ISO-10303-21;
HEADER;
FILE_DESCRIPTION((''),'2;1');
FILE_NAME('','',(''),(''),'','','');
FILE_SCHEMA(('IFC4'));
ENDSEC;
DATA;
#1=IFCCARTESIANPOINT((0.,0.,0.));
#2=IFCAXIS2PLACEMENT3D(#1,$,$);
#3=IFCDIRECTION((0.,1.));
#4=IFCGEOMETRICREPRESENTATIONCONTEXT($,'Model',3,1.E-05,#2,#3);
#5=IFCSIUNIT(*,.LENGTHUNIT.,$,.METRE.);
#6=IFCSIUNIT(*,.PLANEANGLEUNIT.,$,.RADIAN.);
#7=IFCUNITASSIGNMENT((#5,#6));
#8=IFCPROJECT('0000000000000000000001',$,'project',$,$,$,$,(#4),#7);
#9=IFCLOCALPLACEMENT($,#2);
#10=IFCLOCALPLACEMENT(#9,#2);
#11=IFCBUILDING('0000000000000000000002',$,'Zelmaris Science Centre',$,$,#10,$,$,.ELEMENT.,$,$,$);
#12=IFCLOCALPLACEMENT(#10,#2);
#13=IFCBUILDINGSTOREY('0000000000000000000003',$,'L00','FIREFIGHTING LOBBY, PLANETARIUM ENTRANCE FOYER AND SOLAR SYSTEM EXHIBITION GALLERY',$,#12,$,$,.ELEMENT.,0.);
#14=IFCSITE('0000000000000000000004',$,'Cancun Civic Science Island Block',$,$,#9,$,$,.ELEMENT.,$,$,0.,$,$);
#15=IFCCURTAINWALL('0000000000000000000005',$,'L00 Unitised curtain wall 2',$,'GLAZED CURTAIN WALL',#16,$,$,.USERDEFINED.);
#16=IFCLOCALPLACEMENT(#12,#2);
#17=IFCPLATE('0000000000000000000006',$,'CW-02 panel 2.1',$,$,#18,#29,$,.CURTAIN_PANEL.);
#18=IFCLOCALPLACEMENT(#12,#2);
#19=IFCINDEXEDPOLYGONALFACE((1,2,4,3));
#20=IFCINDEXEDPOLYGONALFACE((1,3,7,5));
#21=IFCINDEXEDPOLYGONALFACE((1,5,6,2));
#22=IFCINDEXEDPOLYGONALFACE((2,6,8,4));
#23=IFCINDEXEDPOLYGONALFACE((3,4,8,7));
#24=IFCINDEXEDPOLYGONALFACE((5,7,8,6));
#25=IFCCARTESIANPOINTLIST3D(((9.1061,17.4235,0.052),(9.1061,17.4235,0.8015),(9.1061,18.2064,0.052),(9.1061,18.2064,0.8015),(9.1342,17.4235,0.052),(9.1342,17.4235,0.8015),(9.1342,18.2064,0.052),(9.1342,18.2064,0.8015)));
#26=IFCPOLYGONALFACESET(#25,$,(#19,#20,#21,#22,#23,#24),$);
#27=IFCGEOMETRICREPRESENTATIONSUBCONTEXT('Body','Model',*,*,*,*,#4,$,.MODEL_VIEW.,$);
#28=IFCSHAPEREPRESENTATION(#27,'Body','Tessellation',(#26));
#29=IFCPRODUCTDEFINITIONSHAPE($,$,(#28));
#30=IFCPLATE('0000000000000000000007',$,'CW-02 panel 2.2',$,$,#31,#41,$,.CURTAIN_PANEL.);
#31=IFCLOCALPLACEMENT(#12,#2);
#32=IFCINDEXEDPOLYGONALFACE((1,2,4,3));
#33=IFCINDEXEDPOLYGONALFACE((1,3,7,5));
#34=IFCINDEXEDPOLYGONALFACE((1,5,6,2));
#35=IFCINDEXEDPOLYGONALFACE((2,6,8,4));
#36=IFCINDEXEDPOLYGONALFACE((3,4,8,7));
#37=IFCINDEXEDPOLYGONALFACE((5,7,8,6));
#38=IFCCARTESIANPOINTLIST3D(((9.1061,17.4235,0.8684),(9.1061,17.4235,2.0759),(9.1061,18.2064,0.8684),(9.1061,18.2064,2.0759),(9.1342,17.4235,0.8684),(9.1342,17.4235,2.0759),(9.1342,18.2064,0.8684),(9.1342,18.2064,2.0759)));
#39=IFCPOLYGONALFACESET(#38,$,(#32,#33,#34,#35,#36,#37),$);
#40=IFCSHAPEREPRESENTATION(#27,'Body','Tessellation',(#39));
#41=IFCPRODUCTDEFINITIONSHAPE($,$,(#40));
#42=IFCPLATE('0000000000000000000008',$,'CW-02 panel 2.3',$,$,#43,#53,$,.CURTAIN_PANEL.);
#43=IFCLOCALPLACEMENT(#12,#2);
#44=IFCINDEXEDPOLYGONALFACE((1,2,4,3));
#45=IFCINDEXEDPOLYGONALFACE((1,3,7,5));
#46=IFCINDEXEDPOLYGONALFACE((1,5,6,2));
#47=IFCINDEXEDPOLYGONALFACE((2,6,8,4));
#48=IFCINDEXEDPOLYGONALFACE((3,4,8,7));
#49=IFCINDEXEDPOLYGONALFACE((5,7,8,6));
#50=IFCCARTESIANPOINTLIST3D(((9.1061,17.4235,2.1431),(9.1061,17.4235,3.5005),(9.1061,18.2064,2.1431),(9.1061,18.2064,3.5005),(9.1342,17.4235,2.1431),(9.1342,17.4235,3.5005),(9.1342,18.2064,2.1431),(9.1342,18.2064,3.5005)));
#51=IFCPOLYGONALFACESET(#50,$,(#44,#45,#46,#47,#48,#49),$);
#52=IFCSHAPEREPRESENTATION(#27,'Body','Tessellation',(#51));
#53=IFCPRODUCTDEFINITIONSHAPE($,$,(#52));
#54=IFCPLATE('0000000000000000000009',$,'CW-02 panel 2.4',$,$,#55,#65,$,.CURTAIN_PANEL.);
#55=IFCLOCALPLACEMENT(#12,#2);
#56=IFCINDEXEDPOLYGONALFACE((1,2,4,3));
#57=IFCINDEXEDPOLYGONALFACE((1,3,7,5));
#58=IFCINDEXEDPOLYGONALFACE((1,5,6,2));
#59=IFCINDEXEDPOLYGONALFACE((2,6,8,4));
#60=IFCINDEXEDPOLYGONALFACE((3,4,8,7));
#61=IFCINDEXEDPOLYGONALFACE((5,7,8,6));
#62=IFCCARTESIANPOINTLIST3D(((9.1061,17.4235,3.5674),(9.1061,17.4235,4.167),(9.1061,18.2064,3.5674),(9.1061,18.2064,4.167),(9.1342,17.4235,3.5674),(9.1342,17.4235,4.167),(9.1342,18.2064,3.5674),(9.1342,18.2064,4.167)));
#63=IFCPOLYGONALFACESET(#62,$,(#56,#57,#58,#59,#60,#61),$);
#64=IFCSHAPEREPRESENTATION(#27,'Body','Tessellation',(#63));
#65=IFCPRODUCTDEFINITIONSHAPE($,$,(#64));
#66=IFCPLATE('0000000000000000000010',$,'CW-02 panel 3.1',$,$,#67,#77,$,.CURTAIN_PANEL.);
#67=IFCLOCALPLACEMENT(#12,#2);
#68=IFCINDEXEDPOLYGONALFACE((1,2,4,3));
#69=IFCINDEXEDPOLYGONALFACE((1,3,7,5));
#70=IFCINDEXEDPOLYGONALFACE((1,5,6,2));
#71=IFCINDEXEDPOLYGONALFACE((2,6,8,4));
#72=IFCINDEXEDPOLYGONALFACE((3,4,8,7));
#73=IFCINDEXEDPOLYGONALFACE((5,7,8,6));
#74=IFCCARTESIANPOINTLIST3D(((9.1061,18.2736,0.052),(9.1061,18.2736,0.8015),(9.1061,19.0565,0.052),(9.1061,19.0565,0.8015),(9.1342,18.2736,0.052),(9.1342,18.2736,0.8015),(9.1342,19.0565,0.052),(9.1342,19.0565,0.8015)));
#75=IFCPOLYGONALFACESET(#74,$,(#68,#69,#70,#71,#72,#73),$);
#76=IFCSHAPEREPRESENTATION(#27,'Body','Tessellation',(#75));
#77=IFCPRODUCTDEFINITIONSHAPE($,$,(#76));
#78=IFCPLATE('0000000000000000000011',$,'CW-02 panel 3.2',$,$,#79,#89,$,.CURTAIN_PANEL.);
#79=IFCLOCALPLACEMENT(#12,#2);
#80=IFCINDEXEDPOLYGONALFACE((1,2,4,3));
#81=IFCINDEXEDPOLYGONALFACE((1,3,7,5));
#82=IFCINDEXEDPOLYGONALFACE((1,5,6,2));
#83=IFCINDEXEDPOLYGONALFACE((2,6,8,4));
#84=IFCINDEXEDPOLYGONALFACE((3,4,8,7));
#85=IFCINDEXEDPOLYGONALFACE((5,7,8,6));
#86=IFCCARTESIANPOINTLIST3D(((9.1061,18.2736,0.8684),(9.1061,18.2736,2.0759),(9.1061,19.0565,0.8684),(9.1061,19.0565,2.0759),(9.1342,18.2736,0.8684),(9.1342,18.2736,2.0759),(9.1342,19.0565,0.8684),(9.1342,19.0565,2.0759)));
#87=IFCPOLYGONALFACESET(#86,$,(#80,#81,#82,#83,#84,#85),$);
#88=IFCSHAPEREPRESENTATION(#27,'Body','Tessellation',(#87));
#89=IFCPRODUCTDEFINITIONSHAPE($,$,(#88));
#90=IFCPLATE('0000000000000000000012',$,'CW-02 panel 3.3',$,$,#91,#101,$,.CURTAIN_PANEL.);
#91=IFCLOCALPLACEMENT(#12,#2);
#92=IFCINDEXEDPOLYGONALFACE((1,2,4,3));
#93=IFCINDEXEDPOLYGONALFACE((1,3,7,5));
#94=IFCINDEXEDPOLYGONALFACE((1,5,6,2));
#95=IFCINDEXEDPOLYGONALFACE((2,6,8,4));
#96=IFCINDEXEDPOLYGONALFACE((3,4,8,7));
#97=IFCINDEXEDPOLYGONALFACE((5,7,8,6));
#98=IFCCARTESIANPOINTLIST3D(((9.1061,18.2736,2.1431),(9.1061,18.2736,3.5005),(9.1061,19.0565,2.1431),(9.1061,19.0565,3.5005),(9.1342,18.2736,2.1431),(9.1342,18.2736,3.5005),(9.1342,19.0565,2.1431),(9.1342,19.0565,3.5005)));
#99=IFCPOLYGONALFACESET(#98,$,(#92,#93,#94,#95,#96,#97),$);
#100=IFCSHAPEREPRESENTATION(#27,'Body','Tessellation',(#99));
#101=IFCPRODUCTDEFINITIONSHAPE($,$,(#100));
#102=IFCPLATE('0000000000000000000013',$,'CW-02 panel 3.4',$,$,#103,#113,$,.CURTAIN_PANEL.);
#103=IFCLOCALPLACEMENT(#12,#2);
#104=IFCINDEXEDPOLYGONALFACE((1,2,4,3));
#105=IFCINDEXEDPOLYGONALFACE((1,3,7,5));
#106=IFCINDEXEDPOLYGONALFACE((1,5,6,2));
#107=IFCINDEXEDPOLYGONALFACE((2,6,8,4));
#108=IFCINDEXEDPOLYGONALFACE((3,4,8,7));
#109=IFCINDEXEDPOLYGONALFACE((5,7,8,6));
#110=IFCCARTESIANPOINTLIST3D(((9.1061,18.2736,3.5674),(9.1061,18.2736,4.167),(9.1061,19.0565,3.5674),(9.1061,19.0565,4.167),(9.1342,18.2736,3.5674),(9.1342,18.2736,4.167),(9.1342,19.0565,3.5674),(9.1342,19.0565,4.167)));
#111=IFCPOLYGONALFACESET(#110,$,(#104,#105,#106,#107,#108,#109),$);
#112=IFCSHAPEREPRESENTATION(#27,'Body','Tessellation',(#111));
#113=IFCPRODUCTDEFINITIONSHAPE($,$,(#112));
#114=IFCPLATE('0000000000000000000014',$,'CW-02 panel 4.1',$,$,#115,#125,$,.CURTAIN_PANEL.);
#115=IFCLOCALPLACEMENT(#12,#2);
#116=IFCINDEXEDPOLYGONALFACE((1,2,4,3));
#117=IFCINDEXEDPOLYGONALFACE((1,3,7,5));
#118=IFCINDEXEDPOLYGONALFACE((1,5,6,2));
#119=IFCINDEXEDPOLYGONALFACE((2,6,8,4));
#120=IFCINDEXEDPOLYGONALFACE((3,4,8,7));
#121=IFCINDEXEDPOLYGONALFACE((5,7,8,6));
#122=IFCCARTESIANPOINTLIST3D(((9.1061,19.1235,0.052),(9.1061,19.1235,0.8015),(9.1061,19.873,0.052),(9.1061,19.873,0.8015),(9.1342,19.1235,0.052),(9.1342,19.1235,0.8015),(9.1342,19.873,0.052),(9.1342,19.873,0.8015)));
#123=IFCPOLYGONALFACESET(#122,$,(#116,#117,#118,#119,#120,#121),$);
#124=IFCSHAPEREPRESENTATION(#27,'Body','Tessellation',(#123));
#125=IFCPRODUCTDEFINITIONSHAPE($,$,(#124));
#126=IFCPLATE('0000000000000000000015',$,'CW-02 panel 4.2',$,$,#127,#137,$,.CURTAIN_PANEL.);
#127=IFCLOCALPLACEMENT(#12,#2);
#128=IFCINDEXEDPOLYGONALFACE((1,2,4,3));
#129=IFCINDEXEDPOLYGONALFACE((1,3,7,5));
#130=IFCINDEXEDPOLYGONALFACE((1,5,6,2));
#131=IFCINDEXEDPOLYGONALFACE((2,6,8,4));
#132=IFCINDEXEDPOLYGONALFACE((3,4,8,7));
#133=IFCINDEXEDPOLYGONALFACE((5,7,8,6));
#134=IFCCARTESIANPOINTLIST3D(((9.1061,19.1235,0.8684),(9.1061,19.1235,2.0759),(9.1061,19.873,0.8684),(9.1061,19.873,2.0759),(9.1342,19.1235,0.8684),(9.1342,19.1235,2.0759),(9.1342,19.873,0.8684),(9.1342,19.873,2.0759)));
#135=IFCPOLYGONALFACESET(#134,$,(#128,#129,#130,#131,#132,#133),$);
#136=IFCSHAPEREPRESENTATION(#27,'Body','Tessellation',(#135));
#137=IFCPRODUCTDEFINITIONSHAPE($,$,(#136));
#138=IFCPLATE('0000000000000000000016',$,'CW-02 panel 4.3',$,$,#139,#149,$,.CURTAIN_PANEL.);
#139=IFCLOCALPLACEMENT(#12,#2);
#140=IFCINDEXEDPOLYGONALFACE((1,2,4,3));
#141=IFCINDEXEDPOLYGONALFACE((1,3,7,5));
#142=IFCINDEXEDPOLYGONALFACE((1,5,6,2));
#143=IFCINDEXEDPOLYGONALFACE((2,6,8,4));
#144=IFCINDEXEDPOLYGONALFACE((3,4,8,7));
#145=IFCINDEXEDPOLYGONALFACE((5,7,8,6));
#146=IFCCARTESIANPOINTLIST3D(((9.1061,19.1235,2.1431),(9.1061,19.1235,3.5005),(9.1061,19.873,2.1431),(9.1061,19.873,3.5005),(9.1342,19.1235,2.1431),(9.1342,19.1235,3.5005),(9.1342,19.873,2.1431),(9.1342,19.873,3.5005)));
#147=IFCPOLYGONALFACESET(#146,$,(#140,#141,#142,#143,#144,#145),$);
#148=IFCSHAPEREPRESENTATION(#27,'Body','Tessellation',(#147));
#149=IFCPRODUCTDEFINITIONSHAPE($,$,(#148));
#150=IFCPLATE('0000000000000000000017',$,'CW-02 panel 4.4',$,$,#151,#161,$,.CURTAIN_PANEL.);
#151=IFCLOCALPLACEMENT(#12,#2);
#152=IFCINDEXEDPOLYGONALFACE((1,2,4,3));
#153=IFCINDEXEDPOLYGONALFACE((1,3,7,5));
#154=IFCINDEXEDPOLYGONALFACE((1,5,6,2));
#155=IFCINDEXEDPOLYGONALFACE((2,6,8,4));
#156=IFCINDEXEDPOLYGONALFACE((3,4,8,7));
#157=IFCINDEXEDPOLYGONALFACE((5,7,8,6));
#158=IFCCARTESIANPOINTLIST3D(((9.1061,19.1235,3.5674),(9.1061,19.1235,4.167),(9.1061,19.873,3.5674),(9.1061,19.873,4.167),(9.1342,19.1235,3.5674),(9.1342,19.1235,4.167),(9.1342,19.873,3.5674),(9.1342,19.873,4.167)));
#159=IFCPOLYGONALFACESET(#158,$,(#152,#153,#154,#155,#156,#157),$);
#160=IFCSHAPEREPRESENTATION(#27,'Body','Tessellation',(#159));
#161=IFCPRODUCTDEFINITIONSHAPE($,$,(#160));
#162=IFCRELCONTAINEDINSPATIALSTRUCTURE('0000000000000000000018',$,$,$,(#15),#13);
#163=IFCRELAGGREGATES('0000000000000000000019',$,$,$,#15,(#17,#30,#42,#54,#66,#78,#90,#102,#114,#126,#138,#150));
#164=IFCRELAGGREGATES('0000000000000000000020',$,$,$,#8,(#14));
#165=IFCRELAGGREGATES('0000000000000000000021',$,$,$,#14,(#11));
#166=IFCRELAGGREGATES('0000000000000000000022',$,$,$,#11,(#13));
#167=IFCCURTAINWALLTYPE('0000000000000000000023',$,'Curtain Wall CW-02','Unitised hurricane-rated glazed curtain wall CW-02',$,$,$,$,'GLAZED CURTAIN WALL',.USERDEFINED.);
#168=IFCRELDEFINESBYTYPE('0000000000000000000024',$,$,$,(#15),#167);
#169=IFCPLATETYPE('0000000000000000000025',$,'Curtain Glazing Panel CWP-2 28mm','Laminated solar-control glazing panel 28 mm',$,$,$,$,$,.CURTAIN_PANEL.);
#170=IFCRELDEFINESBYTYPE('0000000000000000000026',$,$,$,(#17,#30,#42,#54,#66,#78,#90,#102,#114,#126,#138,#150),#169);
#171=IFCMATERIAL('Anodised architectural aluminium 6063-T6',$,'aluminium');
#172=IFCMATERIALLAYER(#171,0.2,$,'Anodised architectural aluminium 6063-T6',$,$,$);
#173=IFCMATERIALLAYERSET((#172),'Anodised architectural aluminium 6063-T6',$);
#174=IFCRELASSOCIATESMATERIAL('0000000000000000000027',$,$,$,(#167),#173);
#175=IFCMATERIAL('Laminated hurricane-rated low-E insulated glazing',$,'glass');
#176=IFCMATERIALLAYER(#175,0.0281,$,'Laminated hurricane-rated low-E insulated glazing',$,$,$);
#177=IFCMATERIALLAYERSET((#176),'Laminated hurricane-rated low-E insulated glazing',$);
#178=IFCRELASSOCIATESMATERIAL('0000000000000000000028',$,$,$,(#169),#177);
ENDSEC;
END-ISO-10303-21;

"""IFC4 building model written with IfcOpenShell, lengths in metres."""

from ifc_helpers import new_model, si_unit, direction, frame, origin, origin_2d, place, context, subcontext, project, spatial, rectangle, extrude, material, layer, layer_set, type_object, element, aggregate, save


model = new_model("IFC4")

# Units and contexts
model_context = context("Model", 3, precision=1e-05, world=origin(), true_north=direction((0.0, 1.0)))
body_context = subcontext(model_context, "Body", "Model", "MODEL_VIEW")
ifc_project = project(units=[si_unit("LENGTHUNIT", "METRE"), si_unit("PLANEANGLEUNIT", "RADIAN")], contexts=[model_context])

# Site, building, storey
site_placement = place(None, origin())
site = spatial("IfcSite", under=ifc_project, at=site_placement, Name="Cancun Civic Science Island Block", CompositionType="ELEMENT", RefElevation=0.0)
building_placement = place(site_placement, origin())
building = spatial("IfcBuilding", under=site, at=building_placement, Name="Zelmaris Science Centre", CompositionType="ELEMENT")
storey_placement = place(building_placement, origin())
storey = spatial("IfcBuildingStorey", under=building, at=storey_placement, Name="L00", Description="FIREFIGHTING LOBBY, PLANETARIUM ENTRANCE FOYER AND SOLAR SYSTEM EXHIBITION GALLERY", CompositionType="ELEMENT", Elevation=0.0)

# Shared definitions
ifc_material_1 = material(Name="Anodised architectural aluminium 6063-T6", Category="aluminium")

# Curtain wall
ifc_layer_1 = layer(ifc_material_1, 0.2, Name="Anodised architectural aluminium 6063-T6")
ifc_layer_set_1 = layer_set([ifc_layer_1], Name="Anodised architectural aluminium 6063-T6")
curtain_wall_type_1 = type_object("IfcCurtainWallType", Name="Curtain Wall CW-02", Description="Unitised hurricane-rated glazed curtain wall CW-02", ElementType="GLAZED CURTAIN WALL", PredefinedType="USERDEFINED", material=ifc_layer_set_1)
curtain_wall_1_placement = place(storey_placement, origin())
curtain_wall_1 = element("IfcCurtainWall", 1, at=curtain_wall_1_placement, inside=storey, type_object=curtain_wall_type_1, Name="L00 Unitised curtain wall 2", ObjectType="GLAZED CURTAIN WALL", PredefinedType="USERDEFINED")

# Plates
ifc_material_2 = material(Name="Laminated hurricane-rated low-E insulated glazing", Category="glass")
ifc_layer_2 = layer(ifc_material_2, 0.0281, Name="Laminated hurricane-rated low-E insulated glazing")
ifc_layer_set_2 = layer_set([ifc_layer_2], Name="Laminated hurricane-rated low-E insulated glazing")
plate_type = type_object("IfcPlateType", Name="Curtain Glazing Panel CWP-2 28mm", Description="Laminated solar-control glazing panel 28 mm", PredefinedType="CURTAIN_PANEL", material=ifc_layer_set_2)
plate_1_placement = place(storey_placement, frame((9.1201, 17.8149, 0.052), z_axis=(0.0, 0.0, 1.0), x_axis=(0.0, 1.0, 0.0)))
plate_1 = element("IfcPlate", 2, at=plate_1_placement, type_object=plate_type, Name="CW-02 panel 2.1", PredefinedType="CURTAIN_PANEL", context=body_context, shape_type="SweptSolid", body=[
    extrude(rectangle(XDim=0.783, YDim=0.0281, at=origin_2d()), origin(), (0.0, 0.0, 1.0), 0.7495),
])
plate_2_placement = place(storey_placement, frame((9.1201, 17.8149, 0.8684), z_axis=(0.0, 0.0, 1.0), x_axis=(0.0, 1.0, 0.0)))
plate_2 = element("IfcPlate", 3, at=plate_2_placement, type_object=plate_type, Name="CW-02 panel 2.2", PredefinedType="CURTAIN_PANEL", context=body_context, shape_type="SweptSolid", body=[
    extrude(rectangle(XDim=0.783, YDim=0.0281, at=origin_2d()), origin(), (0.0, 0.0, 1.0), 1.2075),
])
plate_3_placement = place(storey_placement, frame((9.1201, 17.8149, 2.1431), z_axis=(0.0, 0.0, 1.0), x_axis=(0.0, 1.0, 0.0)))
plate_3 = element("IfcPlate", 4, at=plate_3_placement, type_object=plate_type, Name="CW-02 panel 2.3", PredefinedType="CURTAIN_PANEL", context=body_context, shape_type="SweptSolid", body=[
    extrude(rectangle(XDim=0.783, YDim=0.0281, at=origin_2d()), origin(), (0.0, 0.0, 1.0), 1.3574),
])
plate_4_placement = place(storey_placement, frame((9.1201, 17.8149, 3.5674), z_axis=(0.0, 0.0, 1.0), x_axis=(0.0, 1.0, 0.0)))
plate_4 = element("IfcPlate", 5, at=plate_4_placement, type_object=plate_type, Name="CW-02 panel 2.4", PredefinedType="CURTAIN_PANEL", context=body_context, shape_type="SweptSolid", body=[
    extrude(rectangle(XDim=0.783, YDim=0.0281, at=origin_2d()), origin(), (0.0, 0.0, 1.0), 0.5996),
])
plate_5_placement = place(storey_placement, frame((9.1201, 18.665, 0.052), z_axis=(0.0, 0.0, 1.0), x_axis=(0.0, 1.0, 0.0)))
plate_5 = element("IfcPlate", 6, at=plate_5_placement, type_object=plate_type, Name="CW-02 panel 3.1", PredefinedType="CURTAIN_PANEL", context=body_context, shape_type="SweptSolid", body=[
    extrude(rectangle(XDim=0.783, YDim=0.0281, at=origin_2d()), origin(), (0.0, 0.0, 1.0), 0.7495),
])
plate_6_placement = place(storey_placement, frame((9.1201, 18.665, 0.8684), z_axis=(0.0, 0.0, 1.0), x_axis=(0.0, 1.0, 0.0)))
plate_6 = element("IfcPlate", 7, at=plate_6_placement, type_object=plate_type, Name="CW-02 panel 3.2", PredefinedType="CURTAIN_PANEL", context=body_context, shape_type="SweptSolid", body=[
    extrude(rectangle(XDim=0.783, YDim=0.0281, at=origin_2d()), origin(), (0.0, 0.0, 1.0), 1.2075),
])
plate_7_placement = place(storey_placement, frame((9.1201, 18.665, 2.1431), z_axis=(0.0, 0.0, 1.0), x_axis=(0.0, 1.0, 0.0)))
plate_7 = element("IfcPlate", 8, at=plate_7_placement, type_object=plate_type, Name="CW-02 panel 3.3", PredefinedType="CURTAIN_PANEL", context=body_context, shape_type="SweptSolid", body=[
    extrude(rectangle(XDim=0.783, YDim=0.0281, at=origin_2d()), origin(), (0.0, 0.0, 1.0), 1.3574),
])
plate_8_placement = place(storey_placement, frame((9.1201, 18.665, 3.5674), z_axis=(0.0, 0.0, 1.0), x_axis=(0.0, 1.0, 0.0)))
plate_8 = element("IfcPlate", 9, at=plate_8_placement, type_object=plate_type, Name="CW-02 panel 3.4", PredefinedType="CURTAIN_PANEL", context=body_context, shape_type="SweptSolid", body=[
    extrude(rectangle(XDim=0.783, YDim=0.0281, at=origin_2d()), origin(), (0.0, 0.0, 1.0), 0.5996),
])
plate_9_placement = place(storey_placement, frame((9.1201, 19.4983, 0.052), z_axis=(0.0, 0.0, 1.0), x_axis=(0.0, 1.0, 0.0)))
plate_9 = element("IfcPlate", 10, at=plate_9_placement, type_object=plate_type, Name="CW-02 panel 4.1", PredefinedType="CURTAIN_PANEL", context=body_context, shape_type="SweptSolid", body=[
    extrude(rectangle(XDim=0.7495, YDim=0.0281, at=origin_2d()), origin(), (0.0, 0.0, 1.0), 0.7495),
])
plate_10_placement = place(storey_placement, frame((9.1201, 19.4983, 0.8684), z_axis=(0.0, 0.0, 1.0), x_axis=(0.0, 1.0, 0.0)))
plate_10 = element("IfcPlate", 11, at=plate_10_placement, type_object=plate_type, Name="CW-02 panel 4.2", PredefinedType="CURTAIN_PANEL", context=body_context, shape_type="SweptSolid", body=[
    extrude(rectangle(XDim=0.7495, YDim=0.0281, at=origin_2d()), origin(), (0.0, 0.0, 1.0), 1.2075),
])
plate_11_placement = place(storey_placement, frame((9.1201, 19.4983, 2.1431), z_axis=(0.0, 0.0, 1.0), x_axis=(0.0, 1.0, 0.0)))
plate_11 = element("IfcPlate", 12, at=plate_11_placement, type_object=plate_type, Name="CW-02 panel 4.3", PredefinedType="CURTAIN_PANEL", context=body_context, shape_type="SweptSolid", body=[
    extrude(rectangle(XDim=0.7495, YDim=0.0281, at=origin_2d()), origin(), (0.0, 0.0, 1.0), 1.3574),
])
plate_12_placement = place(storey_placement, frame((9.1201, 19.4983, 3.5674), z_axis=(0.0, 0.0, 1.0), x_axis=(0.0, 1.0, 0.0)))
plate_12 = element("IfcPlate", 13, at=plate_12_placement, type_object=plate_type, Name="CW-02 panel 4.4", PredefinedType="CURTAIN_PANEL", context=body_context, shape_type="SweptSolid", body=[
    extrude(rectangle(XDim=0.7495, YDim=0.0281, at=origin_2d()), origin(), (0.0, 0.0, 1.0), 0.5996),
])
aggregate(curtain_wall_1, [plate_1, plate_2, plate_3, plate_4, plate_5, plate_6, plate_7, plate_8, plate_9, plate_10, plate_11, plate_12])

save(model, "model.ifc")
